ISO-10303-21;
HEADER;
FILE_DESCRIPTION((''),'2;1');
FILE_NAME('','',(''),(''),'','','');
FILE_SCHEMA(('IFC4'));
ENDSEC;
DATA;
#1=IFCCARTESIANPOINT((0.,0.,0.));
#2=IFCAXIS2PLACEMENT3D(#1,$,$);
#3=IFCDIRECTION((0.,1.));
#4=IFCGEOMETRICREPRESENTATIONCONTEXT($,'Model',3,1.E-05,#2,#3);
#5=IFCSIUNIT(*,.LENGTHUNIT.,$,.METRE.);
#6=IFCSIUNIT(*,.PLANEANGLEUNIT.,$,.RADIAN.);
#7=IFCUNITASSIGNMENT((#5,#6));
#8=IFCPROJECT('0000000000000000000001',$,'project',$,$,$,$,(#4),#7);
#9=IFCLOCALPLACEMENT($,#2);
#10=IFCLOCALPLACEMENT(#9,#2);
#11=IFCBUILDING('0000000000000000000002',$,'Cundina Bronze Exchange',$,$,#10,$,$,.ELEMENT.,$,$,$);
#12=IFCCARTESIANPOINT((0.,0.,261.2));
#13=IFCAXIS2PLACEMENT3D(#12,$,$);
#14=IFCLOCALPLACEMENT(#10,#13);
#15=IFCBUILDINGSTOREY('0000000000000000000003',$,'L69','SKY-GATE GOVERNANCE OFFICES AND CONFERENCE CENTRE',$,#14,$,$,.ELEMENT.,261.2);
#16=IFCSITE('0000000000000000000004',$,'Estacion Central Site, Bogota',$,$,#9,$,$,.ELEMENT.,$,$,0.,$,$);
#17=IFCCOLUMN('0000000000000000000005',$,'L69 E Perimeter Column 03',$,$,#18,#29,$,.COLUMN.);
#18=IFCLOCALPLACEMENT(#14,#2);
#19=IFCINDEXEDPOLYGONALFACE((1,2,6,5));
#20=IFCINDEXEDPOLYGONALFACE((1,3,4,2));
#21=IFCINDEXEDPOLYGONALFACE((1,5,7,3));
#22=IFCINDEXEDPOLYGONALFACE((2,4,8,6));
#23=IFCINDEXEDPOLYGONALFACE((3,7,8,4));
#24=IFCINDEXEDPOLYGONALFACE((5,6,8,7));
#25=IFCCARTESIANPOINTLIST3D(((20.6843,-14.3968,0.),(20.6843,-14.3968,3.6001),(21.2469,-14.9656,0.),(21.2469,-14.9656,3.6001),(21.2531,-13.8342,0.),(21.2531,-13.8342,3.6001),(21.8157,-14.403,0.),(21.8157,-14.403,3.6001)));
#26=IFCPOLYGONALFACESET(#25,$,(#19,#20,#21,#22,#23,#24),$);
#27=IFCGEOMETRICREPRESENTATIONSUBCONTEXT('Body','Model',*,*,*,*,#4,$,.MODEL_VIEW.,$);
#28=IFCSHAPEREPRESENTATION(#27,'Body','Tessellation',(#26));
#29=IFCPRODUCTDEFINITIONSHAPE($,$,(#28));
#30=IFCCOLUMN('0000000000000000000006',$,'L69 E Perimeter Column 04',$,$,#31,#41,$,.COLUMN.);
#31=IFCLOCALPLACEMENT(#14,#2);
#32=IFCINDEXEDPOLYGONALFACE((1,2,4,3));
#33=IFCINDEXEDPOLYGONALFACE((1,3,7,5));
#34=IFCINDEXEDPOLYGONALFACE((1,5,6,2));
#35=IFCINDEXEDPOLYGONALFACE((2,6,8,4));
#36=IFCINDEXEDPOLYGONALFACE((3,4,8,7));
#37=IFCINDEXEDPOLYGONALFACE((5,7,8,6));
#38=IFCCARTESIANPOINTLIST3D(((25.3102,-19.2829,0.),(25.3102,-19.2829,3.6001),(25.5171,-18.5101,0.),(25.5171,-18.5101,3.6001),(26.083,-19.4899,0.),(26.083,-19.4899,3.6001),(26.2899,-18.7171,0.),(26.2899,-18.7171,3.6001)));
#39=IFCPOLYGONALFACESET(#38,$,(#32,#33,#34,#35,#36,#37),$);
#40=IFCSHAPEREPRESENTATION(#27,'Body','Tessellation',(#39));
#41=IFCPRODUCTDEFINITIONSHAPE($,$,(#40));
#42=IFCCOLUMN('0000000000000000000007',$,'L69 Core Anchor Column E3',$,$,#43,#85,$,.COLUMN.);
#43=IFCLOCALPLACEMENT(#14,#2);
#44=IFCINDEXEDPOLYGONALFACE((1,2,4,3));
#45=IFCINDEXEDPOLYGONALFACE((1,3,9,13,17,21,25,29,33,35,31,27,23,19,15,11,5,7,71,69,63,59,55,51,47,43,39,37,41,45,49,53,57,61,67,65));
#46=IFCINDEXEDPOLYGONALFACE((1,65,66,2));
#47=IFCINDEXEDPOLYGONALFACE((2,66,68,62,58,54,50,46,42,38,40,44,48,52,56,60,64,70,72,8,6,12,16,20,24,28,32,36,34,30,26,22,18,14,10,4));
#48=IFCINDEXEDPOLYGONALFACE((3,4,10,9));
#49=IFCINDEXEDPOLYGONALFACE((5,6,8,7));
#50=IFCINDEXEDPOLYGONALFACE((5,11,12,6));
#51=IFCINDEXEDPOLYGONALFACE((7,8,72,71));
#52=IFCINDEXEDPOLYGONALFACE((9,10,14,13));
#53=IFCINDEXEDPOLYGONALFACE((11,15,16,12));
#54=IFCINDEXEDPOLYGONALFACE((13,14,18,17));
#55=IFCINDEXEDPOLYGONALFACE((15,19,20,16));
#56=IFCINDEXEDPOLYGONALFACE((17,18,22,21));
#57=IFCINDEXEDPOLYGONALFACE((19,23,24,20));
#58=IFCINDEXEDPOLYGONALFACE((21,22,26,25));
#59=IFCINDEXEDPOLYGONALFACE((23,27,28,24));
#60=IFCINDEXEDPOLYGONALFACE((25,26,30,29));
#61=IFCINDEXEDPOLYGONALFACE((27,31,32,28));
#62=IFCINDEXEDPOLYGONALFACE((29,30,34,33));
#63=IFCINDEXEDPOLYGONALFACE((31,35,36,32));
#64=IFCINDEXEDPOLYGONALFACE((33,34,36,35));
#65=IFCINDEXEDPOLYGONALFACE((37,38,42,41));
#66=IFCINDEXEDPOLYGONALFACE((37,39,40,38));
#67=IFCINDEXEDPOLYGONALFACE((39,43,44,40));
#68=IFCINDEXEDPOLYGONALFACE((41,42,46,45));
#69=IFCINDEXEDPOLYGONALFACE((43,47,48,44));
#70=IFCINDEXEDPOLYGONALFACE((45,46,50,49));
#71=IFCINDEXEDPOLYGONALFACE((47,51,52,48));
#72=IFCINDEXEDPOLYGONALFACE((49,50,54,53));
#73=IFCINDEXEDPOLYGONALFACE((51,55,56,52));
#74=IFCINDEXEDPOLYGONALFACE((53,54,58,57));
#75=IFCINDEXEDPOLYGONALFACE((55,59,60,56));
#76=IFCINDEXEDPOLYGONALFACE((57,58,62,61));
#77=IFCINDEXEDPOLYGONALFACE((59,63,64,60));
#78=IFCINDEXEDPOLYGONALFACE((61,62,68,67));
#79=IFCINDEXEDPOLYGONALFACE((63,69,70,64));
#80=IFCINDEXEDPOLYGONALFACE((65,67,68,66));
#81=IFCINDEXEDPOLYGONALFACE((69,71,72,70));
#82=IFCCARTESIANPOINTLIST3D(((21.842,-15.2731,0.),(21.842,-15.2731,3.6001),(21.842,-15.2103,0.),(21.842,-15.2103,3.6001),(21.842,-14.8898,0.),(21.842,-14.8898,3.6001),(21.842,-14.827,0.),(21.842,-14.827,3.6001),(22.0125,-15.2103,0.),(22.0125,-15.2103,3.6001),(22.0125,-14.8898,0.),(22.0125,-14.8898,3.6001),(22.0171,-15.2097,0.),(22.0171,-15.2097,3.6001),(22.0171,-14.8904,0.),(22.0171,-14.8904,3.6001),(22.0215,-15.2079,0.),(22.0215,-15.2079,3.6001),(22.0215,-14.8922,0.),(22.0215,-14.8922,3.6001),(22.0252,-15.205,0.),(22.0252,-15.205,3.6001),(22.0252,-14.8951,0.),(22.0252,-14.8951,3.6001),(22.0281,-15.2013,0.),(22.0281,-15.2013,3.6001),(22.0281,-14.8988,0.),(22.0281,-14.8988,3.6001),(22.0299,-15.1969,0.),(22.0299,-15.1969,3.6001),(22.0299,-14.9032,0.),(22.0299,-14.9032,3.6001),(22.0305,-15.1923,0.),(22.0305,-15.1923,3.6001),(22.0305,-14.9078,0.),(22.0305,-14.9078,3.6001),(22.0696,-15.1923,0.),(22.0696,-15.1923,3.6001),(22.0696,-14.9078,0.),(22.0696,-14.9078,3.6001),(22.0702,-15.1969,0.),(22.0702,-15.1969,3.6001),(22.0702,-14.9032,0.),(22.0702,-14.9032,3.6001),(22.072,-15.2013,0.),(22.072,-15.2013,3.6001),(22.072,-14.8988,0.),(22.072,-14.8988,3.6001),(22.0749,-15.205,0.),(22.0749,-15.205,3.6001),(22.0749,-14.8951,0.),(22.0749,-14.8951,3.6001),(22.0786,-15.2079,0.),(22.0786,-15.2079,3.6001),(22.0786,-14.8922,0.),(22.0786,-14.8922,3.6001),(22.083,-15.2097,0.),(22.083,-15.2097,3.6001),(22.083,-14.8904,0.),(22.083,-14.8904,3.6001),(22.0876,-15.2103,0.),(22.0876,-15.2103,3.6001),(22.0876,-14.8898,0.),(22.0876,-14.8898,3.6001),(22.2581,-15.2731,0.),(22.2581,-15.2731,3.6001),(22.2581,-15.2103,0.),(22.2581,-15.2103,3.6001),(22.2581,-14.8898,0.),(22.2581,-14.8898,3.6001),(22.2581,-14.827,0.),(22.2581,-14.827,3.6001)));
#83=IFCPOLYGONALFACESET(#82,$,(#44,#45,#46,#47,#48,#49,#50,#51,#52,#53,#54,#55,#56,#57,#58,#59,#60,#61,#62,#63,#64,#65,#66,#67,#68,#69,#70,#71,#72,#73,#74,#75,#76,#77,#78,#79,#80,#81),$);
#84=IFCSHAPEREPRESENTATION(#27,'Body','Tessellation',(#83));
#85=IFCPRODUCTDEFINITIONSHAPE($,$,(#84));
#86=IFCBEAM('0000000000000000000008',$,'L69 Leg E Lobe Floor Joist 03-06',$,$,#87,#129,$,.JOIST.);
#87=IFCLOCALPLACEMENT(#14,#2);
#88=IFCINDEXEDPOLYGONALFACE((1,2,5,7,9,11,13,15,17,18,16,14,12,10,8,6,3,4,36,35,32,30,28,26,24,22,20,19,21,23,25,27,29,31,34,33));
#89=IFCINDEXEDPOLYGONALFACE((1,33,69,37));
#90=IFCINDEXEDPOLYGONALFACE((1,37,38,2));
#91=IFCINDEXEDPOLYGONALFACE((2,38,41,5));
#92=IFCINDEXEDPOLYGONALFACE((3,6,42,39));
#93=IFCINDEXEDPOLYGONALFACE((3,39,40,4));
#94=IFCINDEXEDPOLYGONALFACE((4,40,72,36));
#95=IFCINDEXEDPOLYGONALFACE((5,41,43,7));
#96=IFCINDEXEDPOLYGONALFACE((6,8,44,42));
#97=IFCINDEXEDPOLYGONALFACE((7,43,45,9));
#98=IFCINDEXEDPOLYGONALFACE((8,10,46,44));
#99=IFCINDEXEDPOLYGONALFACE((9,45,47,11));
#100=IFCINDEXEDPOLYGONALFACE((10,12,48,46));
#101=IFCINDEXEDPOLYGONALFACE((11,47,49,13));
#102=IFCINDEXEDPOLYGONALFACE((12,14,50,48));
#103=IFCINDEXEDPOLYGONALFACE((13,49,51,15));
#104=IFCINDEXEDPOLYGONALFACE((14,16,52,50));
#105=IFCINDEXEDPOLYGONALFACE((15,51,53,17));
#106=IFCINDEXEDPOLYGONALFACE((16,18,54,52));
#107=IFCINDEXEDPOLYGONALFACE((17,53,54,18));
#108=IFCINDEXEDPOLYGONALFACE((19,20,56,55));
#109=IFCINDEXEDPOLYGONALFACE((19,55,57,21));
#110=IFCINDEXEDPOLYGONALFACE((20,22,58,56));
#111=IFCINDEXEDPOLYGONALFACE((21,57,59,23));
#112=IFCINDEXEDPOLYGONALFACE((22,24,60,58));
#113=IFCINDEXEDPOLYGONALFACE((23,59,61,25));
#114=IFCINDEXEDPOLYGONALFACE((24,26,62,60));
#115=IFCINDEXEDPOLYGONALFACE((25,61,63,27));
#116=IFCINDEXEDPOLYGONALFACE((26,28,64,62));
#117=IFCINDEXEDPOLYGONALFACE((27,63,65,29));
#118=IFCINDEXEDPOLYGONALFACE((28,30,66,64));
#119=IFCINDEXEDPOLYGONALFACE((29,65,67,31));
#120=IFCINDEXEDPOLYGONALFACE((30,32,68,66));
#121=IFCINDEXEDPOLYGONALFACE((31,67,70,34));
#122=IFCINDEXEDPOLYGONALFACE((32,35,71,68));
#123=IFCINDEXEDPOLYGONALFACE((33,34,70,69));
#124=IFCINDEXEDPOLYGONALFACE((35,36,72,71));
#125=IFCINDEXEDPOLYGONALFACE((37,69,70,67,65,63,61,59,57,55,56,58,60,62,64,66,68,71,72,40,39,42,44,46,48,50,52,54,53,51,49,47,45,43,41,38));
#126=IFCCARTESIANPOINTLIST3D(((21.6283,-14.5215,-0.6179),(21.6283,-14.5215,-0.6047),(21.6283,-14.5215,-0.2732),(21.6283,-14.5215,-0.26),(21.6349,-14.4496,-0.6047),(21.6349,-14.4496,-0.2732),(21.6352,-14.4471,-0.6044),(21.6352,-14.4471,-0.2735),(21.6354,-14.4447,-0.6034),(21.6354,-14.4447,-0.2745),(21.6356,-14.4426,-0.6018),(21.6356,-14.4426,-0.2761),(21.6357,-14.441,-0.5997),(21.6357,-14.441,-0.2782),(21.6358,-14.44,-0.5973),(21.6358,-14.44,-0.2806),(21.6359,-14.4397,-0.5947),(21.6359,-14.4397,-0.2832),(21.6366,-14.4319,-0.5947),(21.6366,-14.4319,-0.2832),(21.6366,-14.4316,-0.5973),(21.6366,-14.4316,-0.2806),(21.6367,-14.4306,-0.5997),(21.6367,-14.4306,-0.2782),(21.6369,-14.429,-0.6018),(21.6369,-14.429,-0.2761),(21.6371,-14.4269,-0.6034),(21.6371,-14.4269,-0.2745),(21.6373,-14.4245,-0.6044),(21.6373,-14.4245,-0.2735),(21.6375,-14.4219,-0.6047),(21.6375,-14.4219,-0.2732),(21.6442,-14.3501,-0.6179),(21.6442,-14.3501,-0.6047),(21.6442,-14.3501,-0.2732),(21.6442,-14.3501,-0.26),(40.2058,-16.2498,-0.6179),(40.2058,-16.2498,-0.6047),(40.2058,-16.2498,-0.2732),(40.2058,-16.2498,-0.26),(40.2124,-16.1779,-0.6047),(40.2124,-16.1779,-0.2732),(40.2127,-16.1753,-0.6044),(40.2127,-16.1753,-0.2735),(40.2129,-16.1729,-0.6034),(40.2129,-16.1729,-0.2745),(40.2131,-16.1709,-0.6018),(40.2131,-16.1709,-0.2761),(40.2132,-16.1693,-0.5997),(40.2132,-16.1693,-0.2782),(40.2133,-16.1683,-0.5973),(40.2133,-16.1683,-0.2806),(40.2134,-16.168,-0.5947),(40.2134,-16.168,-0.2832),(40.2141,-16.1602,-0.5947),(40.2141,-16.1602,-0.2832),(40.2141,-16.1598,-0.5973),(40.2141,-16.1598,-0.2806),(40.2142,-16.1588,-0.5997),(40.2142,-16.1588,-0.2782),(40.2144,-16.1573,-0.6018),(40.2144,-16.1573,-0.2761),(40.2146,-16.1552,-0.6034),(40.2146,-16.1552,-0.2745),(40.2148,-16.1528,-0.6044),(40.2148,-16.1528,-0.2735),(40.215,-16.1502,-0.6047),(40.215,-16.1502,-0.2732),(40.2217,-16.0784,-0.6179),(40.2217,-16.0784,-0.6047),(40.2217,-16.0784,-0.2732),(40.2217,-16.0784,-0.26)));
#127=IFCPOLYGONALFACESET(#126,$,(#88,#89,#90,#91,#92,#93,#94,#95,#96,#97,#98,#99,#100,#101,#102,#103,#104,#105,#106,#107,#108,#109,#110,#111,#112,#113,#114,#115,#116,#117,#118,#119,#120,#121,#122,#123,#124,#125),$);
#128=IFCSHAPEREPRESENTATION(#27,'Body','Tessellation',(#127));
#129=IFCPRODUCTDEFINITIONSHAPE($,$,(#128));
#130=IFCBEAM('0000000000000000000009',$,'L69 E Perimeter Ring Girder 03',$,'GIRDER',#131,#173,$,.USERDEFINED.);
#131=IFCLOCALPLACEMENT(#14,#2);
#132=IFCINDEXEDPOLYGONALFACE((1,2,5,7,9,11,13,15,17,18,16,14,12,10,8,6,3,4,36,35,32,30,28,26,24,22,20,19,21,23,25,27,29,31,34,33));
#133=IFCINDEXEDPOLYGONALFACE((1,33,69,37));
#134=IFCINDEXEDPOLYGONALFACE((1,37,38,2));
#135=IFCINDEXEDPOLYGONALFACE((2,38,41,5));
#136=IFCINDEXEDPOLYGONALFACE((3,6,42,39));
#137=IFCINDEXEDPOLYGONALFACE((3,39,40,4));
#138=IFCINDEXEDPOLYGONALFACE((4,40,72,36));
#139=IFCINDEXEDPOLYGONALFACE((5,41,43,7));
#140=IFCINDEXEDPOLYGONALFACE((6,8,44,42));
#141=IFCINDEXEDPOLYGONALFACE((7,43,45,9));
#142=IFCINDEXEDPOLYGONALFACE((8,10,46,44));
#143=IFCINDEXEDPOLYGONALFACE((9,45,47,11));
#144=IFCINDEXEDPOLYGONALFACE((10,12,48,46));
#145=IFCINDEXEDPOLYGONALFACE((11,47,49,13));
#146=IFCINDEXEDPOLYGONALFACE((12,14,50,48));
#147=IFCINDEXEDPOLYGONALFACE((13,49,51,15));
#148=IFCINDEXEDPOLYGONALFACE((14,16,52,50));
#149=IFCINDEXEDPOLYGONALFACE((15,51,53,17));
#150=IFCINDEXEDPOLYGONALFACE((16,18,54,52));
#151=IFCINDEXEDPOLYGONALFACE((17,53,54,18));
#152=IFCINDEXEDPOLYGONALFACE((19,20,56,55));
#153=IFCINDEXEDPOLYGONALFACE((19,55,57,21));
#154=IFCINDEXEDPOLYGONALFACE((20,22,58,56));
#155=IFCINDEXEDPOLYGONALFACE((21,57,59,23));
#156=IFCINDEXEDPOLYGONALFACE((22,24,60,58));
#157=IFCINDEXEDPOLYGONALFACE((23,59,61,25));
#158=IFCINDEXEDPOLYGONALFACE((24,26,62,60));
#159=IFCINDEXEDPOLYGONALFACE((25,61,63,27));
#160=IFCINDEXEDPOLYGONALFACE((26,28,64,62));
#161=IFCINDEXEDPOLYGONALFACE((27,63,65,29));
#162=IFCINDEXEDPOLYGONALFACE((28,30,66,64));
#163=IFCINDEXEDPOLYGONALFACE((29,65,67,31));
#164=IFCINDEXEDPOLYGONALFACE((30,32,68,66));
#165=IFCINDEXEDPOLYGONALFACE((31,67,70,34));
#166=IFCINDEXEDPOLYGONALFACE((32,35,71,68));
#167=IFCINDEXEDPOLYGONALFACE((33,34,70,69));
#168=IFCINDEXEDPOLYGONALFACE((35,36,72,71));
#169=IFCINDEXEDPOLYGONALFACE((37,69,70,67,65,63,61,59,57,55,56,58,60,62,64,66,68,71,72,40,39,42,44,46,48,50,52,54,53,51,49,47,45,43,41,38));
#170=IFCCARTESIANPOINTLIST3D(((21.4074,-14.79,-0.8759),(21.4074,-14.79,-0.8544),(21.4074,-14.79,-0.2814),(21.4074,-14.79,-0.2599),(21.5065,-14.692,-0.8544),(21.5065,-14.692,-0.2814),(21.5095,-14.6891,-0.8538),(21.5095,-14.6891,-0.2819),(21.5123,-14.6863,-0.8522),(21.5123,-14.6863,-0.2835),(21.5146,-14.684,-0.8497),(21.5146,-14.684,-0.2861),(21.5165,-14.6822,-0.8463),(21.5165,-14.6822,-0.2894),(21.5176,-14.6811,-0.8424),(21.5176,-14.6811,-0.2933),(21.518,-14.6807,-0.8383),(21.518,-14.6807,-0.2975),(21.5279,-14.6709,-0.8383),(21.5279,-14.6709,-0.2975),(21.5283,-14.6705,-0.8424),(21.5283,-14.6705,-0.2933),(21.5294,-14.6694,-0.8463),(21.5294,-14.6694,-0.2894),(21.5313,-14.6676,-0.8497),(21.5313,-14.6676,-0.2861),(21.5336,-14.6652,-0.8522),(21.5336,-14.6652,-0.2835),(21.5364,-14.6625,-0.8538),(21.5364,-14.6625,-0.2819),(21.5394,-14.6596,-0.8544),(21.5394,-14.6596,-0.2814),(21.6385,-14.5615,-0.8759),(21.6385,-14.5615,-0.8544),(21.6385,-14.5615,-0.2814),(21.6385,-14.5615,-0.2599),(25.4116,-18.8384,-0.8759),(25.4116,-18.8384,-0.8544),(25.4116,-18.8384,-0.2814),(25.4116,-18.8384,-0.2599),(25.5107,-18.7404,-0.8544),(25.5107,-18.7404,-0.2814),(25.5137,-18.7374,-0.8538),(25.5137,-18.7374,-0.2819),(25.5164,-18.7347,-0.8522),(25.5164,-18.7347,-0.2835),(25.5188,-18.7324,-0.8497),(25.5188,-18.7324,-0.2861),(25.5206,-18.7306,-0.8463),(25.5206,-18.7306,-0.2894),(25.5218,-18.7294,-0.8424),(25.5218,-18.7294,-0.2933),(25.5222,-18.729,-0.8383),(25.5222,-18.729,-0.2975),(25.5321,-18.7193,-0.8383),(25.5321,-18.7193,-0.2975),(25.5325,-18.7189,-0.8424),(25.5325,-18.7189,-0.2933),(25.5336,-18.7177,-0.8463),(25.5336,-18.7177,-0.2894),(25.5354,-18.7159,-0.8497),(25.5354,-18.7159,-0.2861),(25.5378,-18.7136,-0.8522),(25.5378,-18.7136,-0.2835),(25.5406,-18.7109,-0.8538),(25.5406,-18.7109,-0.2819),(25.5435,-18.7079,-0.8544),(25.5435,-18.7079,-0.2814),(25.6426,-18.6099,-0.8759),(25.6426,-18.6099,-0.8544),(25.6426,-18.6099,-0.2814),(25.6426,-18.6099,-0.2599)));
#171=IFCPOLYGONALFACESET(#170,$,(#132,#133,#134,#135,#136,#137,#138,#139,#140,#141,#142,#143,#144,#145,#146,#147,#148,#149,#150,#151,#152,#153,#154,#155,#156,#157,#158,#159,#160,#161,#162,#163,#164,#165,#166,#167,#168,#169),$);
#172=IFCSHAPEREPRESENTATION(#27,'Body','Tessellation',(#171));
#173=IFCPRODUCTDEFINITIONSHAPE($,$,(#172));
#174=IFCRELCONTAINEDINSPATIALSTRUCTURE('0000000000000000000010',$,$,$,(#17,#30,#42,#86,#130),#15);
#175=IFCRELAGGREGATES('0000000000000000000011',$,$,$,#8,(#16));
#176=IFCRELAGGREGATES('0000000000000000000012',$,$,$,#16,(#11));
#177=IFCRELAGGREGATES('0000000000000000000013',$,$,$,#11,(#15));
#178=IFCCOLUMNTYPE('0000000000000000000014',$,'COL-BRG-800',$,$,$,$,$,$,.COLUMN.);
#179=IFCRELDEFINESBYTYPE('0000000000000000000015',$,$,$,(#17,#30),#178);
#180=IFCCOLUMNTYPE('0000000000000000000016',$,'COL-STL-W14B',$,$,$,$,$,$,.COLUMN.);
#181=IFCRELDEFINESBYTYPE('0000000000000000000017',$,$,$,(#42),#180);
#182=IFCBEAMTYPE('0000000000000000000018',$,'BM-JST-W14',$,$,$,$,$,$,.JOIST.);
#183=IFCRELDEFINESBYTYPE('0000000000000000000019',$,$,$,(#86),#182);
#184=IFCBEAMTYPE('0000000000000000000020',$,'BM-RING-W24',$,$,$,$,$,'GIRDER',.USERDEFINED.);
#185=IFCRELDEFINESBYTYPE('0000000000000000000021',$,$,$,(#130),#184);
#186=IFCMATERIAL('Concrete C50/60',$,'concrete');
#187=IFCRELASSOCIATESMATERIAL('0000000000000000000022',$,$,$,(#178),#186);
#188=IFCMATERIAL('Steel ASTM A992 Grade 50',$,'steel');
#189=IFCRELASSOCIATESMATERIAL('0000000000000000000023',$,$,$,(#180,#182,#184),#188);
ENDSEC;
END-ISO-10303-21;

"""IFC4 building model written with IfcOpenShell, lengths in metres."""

from ifc_helpers import new_model, si_unit, direction, frame, origin, origin_2d, place, context, subcontext, project, spatial, rectangle, i_section, extrude, material, material_profile, profile_set, type_object, element, save


model = new_model("IFC4")

# Units and contexts
model_context = context("Model", 3, precision=1e-05, world=origin(), true_north=direction((0.0, 1.0)))
body_context = subcontext(model_context, "Body", "Model", "MODEL_VIEW")
ifc_project = project(units=[si_unit("LENGTHUNIT", "METRE"), si_unit("PLANEANGLEUNIT", "RADIAN")], contexts=[model_context])

# Site, building, storey
site_placement = place(None, origin())
site = spatial("IfcSite", under=ifc_project, at=site_placement, Name="Estacion Central Site, Bogota", CompositionType="ELEMENT", RefElevation=0.0)
building_placement = place(site_placement, origin())
building = spatial("IfcBuilding", under=site, at=building_placement, Name="Cundina Bronze Exchange", CompositionType="ELEMENT")
storey_placement = place(building_placement, frame((0.0, 0.0, 261.2)))
storey = spatial("IfcBuildingStorey", under=building, at=storey_placement, Name="L69", Description="SKY-GATE GOVERNANCE OFFICES AND CONFERENCE CENTRE", CompositionType="ELEMENT", Elevation=261.2)

# Columns
ifc_material_1 = material(Name="Concrete C50/60", Category="concrete")
ifc_material_profile_1 = material_profile(ifc_material_1, rectangle(XDim=0.8, YDim=0.8, at=origin_2d()), Name="RC800X800", Category="concrete")
ifc_profile_set_1 = profile_set([ifc_material_profile_1], Name="Concrete C50/60")
column_type_1 = type_object("IfcColumnType", Name="COL-BRG-800", PredefinedType="COLUMN", material=ifc_profile_set_1)
for number, where, z_axis, x_axis, name in (
    (1, (21.25, -14.3999, 0.0), (0.0, 0.0, 1.0), (0.703271, -0.710922, 0.0), "L69 E Perimeter Column 03"),
    (2, (25.8, -19.0, 0.0), (0.0, 0.0, 1.0), (0.965971, -0.25865, 0.0), "L69 E Perimeter Column 04"),
):
    element("IfcColumn", number, at=place(storey_placement, frame(where, z_axis=z_axis, x_axis=x_axis)), inside=storey, type_object=column_type_1, Name=name, PredefinedType="COLUMN", context=body_context, shape_type="SweptSolid", body=[
        extrude(rectangle(XDim=0.8, YDim=0.8, at=origin_2d()), origin(), (0.0, 0.0, 1.0), 3.6001),
    ])
ifc_material_2 = material(Name="Steel ASTM A992 Grade 50", Category="steel")
ifc_material_profile_2 = material_profile(ifc_material_2, i_section(OverallWidth=0.416, OverallDepth=0.446, WebThickness=0.0391, FlangeThickness=0.0627, FilletRadius=0.0181, at=origin_2d()), Name="W14X342", Category="steel")
ifc_profile_set_2 = profile_set([ifc_material_profile_2], Name="Steel ASTM A992 Grade 50")
column_type_2 = type_object("IfcColumnType", Name="COL-STL-W14B", PredefinedType="COLUMN", material=ifc_profile_set_2)
column_placement = place(storey_placement, frame((22.05, -15.05, 0.0), z_axis=(0.0, 0.0, 1.0), x_axis=(1.0, 0.0, 0.0)))
element("IfcColumn", 3, at=column_placement, inside=storey, type_object=column_type_2, Name="L69 Core Anchor Column E3", PredefinedType="COLUMN", context=body_context, shape_type="SweptSolid", body=[
    extrude(i_section(OverallWidth=0.416, OverallDepth=0.446, WebThickness=0.0391, FlangeThickness=0.0627, FilletRadius=0.0181, at=origin_2d()), origin(), (0.0, 0.0, 1.0), 3.6001),
])

# Beams
ifc_material_profile_3 = material_profile(ifc_material_2, i_section(OverallWidth=0.1721, OverallDepth=0.3579, WebThickness=0.0078, FlangeThickness=0.0132, FilletRadius=0.01, at=origin_2d()), Name="W14X38", Category="steel")
ifc_profile_set_3 = profile_set([ifc_material_profile_3], Name="Steel ASTM A992 Grade 50")
beam_type_1 = type_object("IfcBeamType", Name="BM-JST-W14", PredefinedType="JOIST", material=ifc_profile_set_3)
beam_1_placement = place(storey_placement, frame((21.6362, -14.4358, -0.439), z_axis=(0.995701, -0.092631, 0.0), x_axis=(0.092631, 0.995701, 0.0)))
element("IfcBeam", 4, at=beam_1_placement, inside=storey, type_object=beam_type_1, Name="L69 Leg E Lobe Floor Joist 03-06", PredefinedType="JOIST", context=body_context, shape_type="SweptSolid", body=[
    extrude(i_section(OverallWidth=0.1721, OverallDepth=0.3579, WebThickness=0.0078, FlangeThickness=0.0132, FilletRadius=0.01, at=origin_2d()), origin(), (0.0, 0.0, 1.0), 18.6577),
])
ifc_material_profile_4 = material_profile(ifc_material_2, i_section(OverallWidth=0.325, OverallDepth=0.616, WebThickness=0.0139, FlangeThickness=0.0215, FilletRadius=0.0161, at=origin_2d()), Name="W24X117", Category="steel")
ifc_profile_set_4 = profile_set([ifc_material_profile_4], Name="Steel ASTM A992 Grade 50")
beam_type_2 = type_object("IfcBeamType", Name="BM-RING-W24", ElementType="GIRDER", PredefinedType="USERDEFINED", material=ifc_profile_set_4)
beam_2_placement = place(storey_placement, frame((21.5229, -14.6758, -0.5679), z_axis=(0.703216, -0.710976, 0.0), x_axis=(0.710976, 0.703216, 0.0)))
element("IfcBeam", 5, at=beam_2_placement, inside=storey, type_object=beam_type_2, Name="L69 E Perimeter Ring Girder 03", ObjectType="GIRDER", PredefinedType="USERDEFINED", context=body_context, shape_type="SweptSolid", body=[
    extrude(i_section(OverallWidth=0.325, OverallDepth=0.616, WebThickness=0.0139, FlangeThickness=0.0215, FilletRadius=0.0161, at=origin_2d()), origin(), (0.0, 0.0, 1.0), 5.6941),
])

save(model, "model.ifc")
